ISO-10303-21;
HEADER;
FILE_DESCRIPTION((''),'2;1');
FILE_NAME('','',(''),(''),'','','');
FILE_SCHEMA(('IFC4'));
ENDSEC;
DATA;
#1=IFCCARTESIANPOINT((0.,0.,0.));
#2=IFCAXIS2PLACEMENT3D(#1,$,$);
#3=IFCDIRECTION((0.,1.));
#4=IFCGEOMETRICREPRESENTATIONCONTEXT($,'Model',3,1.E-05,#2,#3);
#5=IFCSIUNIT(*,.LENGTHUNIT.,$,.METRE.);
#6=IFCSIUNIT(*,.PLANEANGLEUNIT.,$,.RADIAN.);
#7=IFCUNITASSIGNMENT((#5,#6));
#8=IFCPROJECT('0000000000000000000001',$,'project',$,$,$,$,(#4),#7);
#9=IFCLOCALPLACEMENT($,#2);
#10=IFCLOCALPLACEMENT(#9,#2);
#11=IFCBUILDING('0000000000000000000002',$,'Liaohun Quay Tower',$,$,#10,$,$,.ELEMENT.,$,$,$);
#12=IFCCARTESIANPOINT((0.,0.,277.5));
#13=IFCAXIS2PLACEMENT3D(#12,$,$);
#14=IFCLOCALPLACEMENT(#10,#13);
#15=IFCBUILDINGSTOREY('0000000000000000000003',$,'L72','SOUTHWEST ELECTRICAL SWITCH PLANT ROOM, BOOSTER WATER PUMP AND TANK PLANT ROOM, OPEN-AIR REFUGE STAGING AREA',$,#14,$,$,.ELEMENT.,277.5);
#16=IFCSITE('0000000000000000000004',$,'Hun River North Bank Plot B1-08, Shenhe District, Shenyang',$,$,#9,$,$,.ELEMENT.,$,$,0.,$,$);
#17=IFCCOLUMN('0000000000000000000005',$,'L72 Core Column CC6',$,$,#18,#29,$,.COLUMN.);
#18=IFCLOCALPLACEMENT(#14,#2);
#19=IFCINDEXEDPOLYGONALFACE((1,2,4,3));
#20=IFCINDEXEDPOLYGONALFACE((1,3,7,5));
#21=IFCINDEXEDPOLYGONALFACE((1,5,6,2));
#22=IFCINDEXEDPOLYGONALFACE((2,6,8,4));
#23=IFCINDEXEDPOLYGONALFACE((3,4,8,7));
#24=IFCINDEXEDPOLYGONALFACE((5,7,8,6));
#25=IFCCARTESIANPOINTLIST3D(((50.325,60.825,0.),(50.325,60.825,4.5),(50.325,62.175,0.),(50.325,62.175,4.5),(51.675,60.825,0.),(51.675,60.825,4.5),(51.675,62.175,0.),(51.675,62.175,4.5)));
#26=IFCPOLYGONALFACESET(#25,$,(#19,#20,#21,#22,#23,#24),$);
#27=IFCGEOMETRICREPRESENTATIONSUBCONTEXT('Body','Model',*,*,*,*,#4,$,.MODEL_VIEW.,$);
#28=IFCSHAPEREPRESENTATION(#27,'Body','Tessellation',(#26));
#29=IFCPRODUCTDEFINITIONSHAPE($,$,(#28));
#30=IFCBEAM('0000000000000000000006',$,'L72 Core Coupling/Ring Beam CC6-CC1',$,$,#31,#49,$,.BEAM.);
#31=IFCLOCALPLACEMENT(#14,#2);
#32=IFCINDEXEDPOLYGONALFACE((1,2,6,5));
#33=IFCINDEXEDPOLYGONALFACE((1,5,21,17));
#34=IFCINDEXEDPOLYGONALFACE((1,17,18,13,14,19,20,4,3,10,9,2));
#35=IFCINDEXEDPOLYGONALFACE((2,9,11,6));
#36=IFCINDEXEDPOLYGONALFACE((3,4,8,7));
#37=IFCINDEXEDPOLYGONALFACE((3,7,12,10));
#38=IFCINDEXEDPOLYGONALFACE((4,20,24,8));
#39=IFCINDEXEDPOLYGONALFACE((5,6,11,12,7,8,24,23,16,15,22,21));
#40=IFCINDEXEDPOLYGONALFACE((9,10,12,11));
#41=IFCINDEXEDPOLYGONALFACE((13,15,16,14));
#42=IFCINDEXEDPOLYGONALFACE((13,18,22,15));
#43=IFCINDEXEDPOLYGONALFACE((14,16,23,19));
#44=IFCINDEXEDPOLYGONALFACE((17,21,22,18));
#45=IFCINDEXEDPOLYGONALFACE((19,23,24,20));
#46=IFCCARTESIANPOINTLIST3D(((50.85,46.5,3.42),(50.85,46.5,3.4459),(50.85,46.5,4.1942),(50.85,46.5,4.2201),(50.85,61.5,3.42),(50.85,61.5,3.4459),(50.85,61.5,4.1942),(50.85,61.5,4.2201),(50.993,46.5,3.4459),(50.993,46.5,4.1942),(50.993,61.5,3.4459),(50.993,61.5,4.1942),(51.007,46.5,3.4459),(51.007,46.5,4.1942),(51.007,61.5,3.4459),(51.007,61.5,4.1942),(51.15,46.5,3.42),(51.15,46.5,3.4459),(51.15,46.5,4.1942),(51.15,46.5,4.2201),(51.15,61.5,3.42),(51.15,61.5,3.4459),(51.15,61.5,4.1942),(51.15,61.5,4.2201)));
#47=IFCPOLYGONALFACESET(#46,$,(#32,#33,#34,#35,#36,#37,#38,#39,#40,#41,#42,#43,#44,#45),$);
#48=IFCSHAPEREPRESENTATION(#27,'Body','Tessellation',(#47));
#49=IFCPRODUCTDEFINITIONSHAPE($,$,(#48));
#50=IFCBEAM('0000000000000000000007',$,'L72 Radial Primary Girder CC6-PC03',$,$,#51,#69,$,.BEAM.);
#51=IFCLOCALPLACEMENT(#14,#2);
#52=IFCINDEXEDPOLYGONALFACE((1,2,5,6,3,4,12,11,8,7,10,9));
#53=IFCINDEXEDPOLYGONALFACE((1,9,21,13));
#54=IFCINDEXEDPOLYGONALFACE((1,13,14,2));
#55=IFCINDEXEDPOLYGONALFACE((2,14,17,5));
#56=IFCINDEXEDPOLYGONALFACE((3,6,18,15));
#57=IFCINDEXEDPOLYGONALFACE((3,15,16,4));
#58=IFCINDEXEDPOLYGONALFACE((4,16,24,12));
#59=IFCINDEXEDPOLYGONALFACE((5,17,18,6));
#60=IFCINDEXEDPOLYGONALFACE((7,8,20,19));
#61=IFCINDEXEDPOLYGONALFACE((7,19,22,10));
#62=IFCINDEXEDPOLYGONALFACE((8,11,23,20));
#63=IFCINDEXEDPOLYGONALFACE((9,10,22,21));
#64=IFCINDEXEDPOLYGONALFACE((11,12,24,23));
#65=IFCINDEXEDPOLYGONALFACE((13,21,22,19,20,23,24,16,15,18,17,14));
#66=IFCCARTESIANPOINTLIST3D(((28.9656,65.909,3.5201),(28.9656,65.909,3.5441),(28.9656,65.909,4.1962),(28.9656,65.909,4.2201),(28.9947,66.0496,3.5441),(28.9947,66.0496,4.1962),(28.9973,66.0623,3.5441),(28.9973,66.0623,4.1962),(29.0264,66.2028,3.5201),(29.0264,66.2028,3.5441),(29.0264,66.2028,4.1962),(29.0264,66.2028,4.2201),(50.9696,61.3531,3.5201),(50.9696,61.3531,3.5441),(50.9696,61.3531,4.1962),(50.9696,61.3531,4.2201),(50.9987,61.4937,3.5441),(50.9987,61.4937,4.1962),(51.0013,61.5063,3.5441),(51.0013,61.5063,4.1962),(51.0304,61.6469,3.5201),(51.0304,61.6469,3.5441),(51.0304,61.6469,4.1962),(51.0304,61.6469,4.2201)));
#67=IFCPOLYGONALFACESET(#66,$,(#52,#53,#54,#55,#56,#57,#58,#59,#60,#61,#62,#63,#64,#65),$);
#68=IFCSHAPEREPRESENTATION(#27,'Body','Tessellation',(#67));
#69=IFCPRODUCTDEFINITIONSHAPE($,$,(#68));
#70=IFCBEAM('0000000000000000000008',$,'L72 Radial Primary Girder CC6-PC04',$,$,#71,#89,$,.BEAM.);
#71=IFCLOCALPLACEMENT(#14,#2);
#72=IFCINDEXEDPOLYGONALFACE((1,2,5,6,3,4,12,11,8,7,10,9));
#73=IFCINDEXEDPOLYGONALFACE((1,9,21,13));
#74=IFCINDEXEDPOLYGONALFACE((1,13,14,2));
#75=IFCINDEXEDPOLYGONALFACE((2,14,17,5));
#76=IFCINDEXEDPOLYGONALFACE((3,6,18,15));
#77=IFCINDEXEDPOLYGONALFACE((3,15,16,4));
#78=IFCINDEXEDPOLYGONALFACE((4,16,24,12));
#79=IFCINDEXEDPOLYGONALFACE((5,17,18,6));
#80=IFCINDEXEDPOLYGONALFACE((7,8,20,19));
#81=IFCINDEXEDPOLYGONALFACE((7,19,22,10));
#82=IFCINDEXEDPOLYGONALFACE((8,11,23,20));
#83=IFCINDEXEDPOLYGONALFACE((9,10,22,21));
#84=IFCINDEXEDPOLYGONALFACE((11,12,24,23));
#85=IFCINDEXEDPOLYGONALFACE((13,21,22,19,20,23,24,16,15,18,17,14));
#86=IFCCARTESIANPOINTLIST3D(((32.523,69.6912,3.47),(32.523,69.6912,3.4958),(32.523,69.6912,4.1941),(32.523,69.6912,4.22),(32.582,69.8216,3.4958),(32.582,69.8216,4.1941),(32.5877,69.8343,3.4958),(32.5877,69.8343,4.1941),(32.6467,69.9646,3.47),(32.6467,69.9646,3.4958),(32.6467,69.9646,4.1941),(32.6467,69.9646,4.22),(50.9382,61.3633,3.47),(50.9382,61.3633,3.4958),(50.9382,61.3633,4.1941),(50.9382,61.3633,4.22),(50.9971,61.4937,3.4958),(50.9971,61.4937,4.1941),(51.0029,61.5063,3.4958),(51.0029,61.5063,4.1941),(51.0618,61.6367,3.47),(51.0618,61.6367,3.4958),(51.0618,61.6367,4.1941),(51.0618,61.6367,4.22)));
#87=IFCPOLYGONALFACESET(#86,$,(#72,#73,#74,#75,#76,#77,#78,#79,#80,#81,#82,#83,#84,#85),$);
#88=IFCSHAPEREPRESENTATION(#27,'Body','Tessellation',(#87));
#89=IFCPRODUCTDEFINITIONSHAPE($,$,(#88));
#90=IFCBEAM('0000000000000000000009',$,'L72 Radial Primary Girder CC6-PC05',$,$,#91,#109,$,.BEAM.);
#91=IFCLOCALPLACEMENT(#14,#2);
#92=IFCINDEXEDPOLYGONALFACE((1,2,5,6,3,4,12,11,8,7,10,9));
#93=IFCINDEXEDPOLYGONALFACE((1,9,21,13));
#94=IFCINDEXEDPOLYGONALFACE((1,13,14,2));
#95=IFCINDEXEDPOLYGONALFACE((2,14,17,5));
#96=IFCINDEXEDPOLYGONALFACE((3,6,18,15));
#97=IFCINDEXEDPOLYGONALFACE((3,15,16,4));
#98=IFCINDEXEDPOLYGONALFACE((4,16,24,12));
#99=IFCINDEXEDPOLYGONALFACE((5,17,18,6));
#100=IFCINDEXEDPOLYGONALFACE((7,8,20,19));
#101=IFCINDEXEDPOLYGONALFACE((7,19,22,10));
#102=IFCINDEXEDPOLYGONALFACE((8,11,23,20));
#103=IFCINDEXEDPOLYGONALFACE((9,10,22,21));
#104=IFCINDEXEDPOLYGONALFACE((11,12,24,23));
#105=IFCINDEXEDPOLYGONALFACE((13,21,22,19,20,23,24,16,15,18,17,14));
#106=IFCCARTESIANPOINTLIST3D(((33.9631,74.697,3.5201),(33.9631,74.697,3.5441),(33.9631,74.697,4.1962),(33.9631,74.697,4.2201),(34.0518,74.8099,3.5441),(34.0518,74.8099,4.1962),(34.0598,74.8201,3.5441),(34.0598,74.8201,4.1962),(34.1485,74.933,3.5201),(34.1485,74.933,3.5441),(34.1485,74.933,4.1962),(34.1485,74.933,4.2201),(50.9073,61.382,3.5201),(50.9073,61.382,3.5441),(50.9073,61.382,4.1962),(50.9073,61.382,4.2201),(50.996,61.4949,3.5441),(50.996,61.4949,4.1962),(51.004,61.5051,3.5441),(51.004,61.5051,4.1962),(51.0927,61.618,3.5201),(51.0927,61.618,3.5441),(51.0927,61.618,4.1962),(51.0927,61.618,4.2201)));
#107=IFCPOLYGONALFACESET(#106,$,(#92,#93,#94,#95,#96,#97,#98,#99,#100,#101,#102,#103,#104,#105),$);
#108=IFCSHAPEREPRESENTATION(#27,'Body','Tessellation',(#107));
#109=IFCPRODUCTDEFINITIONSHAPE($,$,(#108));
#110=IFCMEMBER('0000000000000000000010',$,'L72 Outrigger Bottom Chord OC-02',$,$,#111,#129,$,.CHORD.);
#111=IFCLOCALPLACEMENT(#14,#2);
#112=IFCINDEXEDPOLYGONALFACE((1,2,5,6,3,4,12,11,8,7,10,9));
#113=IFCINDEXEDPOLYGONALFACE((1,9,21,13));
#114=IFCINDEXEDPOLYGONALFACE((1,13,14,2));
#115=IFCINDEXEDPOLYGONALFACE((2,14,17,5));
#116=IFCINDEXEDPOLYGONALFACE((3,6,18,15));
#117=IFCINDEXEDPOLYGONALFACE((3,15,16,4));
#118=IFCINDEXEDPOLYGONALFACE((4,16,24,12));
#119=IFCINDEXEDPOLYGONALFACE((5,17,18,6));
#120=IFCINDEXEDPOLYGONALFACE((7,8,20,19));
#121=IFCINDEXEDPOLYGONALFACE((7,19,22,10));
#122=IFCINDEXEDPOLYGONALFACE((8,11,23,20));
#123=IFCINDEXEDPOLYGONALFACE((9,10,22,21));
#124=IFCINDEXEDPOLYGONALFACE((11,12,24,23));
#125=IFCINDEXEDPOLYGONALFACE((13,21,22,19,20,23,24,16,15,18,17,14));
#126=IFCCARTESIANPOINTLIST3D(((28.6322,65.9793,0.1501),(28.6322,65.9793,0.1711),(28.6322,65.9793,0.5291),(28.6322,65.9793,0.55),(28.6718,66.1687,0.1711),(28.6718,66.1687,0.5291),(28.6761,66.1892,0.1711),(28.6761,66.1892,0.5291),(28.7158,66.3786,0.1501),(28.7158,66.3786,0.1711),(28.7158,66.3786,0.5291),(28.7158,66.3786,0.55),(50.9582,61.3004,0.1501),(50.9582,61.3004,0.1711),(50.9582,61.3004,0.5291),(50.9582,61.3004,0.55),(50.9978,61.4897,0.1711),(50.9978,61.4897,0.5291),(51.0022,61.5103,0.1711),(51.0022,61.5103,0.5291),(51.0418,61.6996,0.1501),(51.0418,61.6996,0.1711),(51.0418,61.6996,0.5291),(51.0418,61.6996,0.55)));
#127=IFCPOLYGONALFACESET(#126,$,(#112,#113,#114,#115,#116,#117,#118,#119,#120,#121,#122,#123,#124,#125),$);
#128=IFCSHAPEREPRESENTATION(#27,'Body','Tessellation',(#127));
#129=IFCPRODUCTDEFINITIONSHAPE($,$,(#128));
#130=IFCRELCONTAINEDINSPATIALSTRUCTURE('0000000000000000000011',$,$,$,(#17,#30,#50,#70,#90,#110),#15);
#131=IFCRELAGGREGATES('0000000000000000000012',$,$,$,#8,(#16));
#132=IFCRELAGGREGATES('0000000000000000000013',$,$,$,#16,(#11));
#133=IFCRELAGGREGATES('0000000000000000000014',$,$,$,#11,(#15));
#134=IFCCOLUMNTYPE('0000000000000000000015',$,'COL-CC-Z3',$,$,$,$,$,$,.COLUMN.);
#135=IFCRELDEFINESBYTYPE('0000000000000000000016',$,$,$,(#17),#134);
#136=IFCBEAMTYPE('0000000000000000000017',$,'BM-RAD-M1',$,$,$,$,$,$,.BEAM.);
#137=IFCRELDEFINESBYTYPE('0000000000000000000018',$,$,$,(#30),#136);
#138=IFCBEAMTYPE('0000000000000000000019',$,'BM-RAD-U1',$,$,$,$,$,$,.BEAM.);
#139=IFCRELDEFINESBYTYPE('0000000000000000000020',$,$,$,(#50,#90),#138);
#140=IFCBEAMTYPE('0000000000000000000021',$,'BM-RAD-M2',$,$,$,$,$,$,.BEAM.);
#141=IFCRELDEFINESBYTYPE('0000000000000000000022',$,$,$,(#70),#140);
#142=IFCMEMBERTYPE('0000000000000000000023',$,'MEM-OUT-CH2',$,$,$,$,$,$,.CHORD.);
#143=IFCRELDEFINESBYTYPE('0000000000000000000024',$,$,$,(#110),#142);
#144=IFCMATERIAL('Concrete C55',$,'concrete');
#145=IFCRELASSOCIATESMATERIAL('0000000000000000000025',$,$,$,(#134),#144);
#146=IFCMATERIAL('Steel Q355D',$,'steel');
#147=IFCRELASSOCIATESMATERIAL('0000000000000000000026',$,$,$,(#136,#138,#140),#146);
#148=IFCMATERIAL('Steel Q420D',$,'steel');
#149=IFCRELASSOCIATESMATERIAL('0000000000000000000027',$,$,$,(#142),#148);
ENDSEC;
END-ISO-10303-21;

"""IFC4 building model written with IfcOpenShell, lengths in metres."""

from ifc_helpers import new_model, si_unit, direction, frame, origin, origin_2d, place, context, subcontext, project, spatial, rectangle, i_section, extrude, source, transform, mapped, material, material_profile, profile_set, type_object, element, save


model = new_model("IFC4")

# Units and contexts
model_context = context("Model", 3, precision=1e-05, world=origin(), true_north=direction((0.0, 1.0)))
body_context = subcontext(model_context, "Body", "Model", "MODEL_VIEW")
ifc_project = project(units=[si_unit("LENGTHUNIT", "METRE"), si_unit("PLANEANGLEUNIT", "RADIAN")], contexts=[model_context])

# Site, building, storey
site_placement = place(None, origin())
site = spatial("IfcSite", under=ifc_project, at=site_placement, Name="Hun River North Bank Plot B1-08, Shenhe District, Shenyang", CompositionType="ELEMENT", RefElevation=0.0)
building_placement = place(site_placement, origin())
building = spatial("IfcBuilding", under=site, at=building_placement, Name="Liaohun Quay Tower", CompositionType="ELEMENT")
storey_placement = place(building_placement, frame((0.0, 0.0, 277.5)))
storey = spatial("IfcBuildingStorey", under=building, at=storey_placement, Name="L72", Description="SOUTHWEST ELECTRICAL SWITCH PLANT ROOM, BOOSTER WATER PUMP AND TANK PLANT ROOM, OPEN-AIR REFUGE STAGING AREA", CompositionType="ELEMENT", Elevation=277.5)

# Column
ifc_material_1 = material(Name="Concrete C55", Category="concrete")
ifc_material_profile_1 = material_profile(ifc_material_1, rectangle(XDim=1.3501, YDim=1.3501, at=origin_2d()), Name="RC1350x1350")
ifc_profile_set_1 = profile_set([ifc_material_profile_1], Name="Concrete C55")
column_type = type_object("IfcColumnType", Name="COL-CC-Z3", PredefinedType="COLUMN", material=ifc_profile_set_1)
shared_shape_1 = source(origin(), body_context, "Body", "SweptSolid", [
    extrude(rectangle(XDim=1.3501, YDim=1.3501, at=origin_2d()), origin(), (0.0, 0.0, 1.0), 4.5),
])
column_placement = place(storey_placement, frame((51.0, 61.5, 0.0), z_axis=(0.0, 0.0, 1.0), x_axis=(1.0, 0.0, 0.0)))
element("IfcColumn", 1, at=column_placement, inside=storey, type_object=column_type, Name="L72 Core Column CC6", PredefinedType="COLUMN", context=body_context, shape_type="MappedRepresentation", body=[
    mapped(shared_shape_1, transform((0.0, 0.0, 0.0), x_axis=(1.0, 0.0, 0.0), y_axis=(0.0, 1.0, 0.0), z_axis=(0.0, 0.0, 1.0), scale=1.0)),
])

# Beams
ifc_material_2 = material(Name="Steel Q355D", Category="steel")
ifc_material_profile_2 = material_profile(ifc_material_2, i_section(OverallWidth=0.3, OverallDepth=0.8, WebThickness=0.0139, FlangeThickness=0.0259, at=origin_2d()), Name="HN800x300x14x26")
ifc_profile_set_2 = profile_set([ifc_material_profile_2], Name="Steel Q355D")
beam_type_1 = type_object("IfcBeamType", Name="BM-RAD-M1", PredefinedType="BEAM", material=ifc_profile_set_2)
shared_shape_2 = source(origin(), body_context, "Body", "SweptSolid", [
    extrude(i_section(OverallWidth=0.3, OverallDepth=0.8, WebThickness=0.0139, FlangeThickness=0.0259, at=origin_2d()), origin(), (0.0, 0.0, 1.0), 15.0),
])
beam_1_placement = place(storey_placement, frame((51.0, 61.5, 3.8201), z_axis=(0.0, -1.0, 0.0), x_axis=(1.0, 0.0, 0.0)))
element("IfcBeam", 2, at=beam_1_placement, inside=storey, type_object=beam_type_1, Name="L72 Core Coupling/Ring Beam CC6-CC1", PredefinedType="BEAM", context=body_context, shape_type="MappedRepresentation", body=[
    mapped(shared_shape_2, transform((0.0, 0.0, 0.0), x_axis=(1.0, 0.0, 0.0), y_axis=(0.0, 1.0, 0.0), z_axis=(0.0, 0.0, 1.0), scale=1.0)),
])
ifc_material_profile_3 = material_profile(ifc_material_2, i_section(OverallWidth=0.3, OverallDepth=0.7, WebThickness=0.0129, FlangeThickness=0.0239, at=origin_2d()), Name="HN700x300x13x24")
ifc_profile_set_3 = profile_set([ifc_material_profile_3], Name="Steel Q355D")
beam_type_2 = type_object("IfcBeamType", Name="BM-RAD-U1", PredefinedType="BEAM", material=ifc_profile_set_3)
shared_shape_3 = source(origin(), body_context, "Body", "SweptSolid", [
    extrude(i_section(OverallWidth=0.3, OverallDepth=0.7, WebThickness=0.0129, FlangeThickness=0.0239, at=origin_2d()), origin(), (0.0, 0.0, 1.0), 22.4707),
])
beam_2_placement = place(storey_placement, frame((51.0, 61.5, 3.8701), z_axis=(-0.979231, 0.20275, 0.0), x_axis=(-0.20275, -0.979231, 0.0)))
element("IfcBeam", 3, at=beam_2_placement, inside=storey, type_object=beam_type_2, Name="L72 Radial Primary Girder CC6-PC03", PredefinedType="BEAM", context=body_context, shape_type="MappedRepresentation", body=[
    mapped(shared_shape_3, transform((0.0, 0.0, 0.0), x_axis=(1.0, 0.0, 0.0), y_axis=(0.0, 1.0, 0.0), z_axis=(0.0, 0.0, 1.0), scale=1.0)),
])
ifc_material_profile_4 = material_profile(ifc_material_2, i_section(OverallWidth=0.3, OverallDepth=0.75, WebThickness=0.0139, FlangeThickness=0.0259, at=origin_2d()), Name="HN750x300x14x26")
ifc_profile_set_4 = profile_set([ifc_material_profile_4], Name="Steel Q355D")
beam_type_3 = type_object("IfcBeamType", Name="BM-RAD-M2", PredefinedType="BEAM", material=ifc_profile_set_4)
shared_shape_4 = source(origin(), body_context, "Body", "SweptSolid", [
    extrude(i_section(OverallWidth=0.3, OverallDepth=0.75, WebThickness=0.0139, FlangeThickness=0.0259, at=origin_2d()), origin(), (0.0, 0.0, 1.0), 20.2107),
])
beam_3_placement = place(storey_placement, frame((51.0, 61.5, 3.845), z_axis=(-0.911159, 0.412056, 0.0), x_axis=(-0.412056, -0.911159, 0.0)))
element("IfcBeam", 4, at=beam_3_placement, inside=storey, type_object=beam_type_3, Name="L72 Radial Primary Girder CC6-PC04", PredefinedType="BEAM", context=body_context, shape_type="MappedRepresentation", body=[
    mapped(shared_shape_4, transform((0.0, 0.0, 0.0), x_axis=(1.0, 0.0, 0.0), y_axis=(0.0, 1.0, 0.0), z_axis=(0.0, 0.0, 1.0), scale=1.0)),
])
shared_shape_5 = source(origin(), body_context, "Body", "SweptSolid", [
    extrude(i_section(OverallWidth=0.3, OverallDepth=0.7, WebThickness=0.0129, FlangeThickness=0.0239, at=origin_2d()), origin(), (0.0, 0.0, 1.0), 21.5498),
])
beam_4_placement = place(storey_placement, frame((51.0, 61.5, 3.8701), z_axis=(-0.786279, 0.617871, 0.0), x_axis=(-0.617871, -0.786279, 0.0)))
element("IfcBeam", 5, at=beam_4_placement, inside=storey, type_object=beam_type_2, Name="L72 Radial Primary Girder CC6-PC05", PredefinedType="BEAM", context=body_context, shape_type="MappedRepresentation", body=[
    mapped(shared_shape_5, transform((0.0, 0.0, 0.0), x_axis=(1.0, 0.0, 0.0), y_axis=(0.0, 1.0, 0.0), z_axis=(0.0, 0.0, 1.0), scale=1.0)),
])

# Member
ifc_material_3 = material(Name="Steel Q420D", Category="steel")
ifc_material_profile_5 = material_profile(ifc_material_3, i_section(OverallWidth=0.408, OverallDepth=0.3999, WebThickness=0.021, FlangeThickness=0.021, at=origin_2d()), Name="HW400x408x21x21")
ifc_profile_set_5 = profile_set([ifc_material_profile_5], Name="Steel Q420D")
member_type_1 = type_object("IfcMemberType", Name="MEM-OUT-CH2", PredefinedType="CHORD", material=ifc_profile_set_5)
shared_shape_6 = source(origin(), body_context, "Body", "SweptSolid", [
    extrude(i_section(OverallWidth=0.408, OverallDepth=0.3999, WebThickness=0.021, FlangeThickness=0.021, at=origin_2d()), origin(), (0.0, 0.0, 1.0), 22.811),
])
member_1_placement = place(storey_placement, frame((51.0, 61.5, 0.3501), z_axis=(-0.978737, 0.205119, 0.0), x_axis=(-0.205119, -0.978737, 0.0)))
element("IfcMember", 6, at=member_1_placement, inside=storey, type_object=member_type_1, Name="L72 Outrigger Bottom Chord OC-02", PredefinedType="CHORD", context=body_context, shape_type="MappedRepresentation", body=[
    mapped(shared_shape_6, transform((0.0, 0.0, 0.0), x_axis=(1.0, 0.0, 0.0), y_axis=(0.0, 1.0, 0.0), z_axis=(0.0, 0.0, 1.0), scale=1.0)),
])

save(model, "model.ifc")
